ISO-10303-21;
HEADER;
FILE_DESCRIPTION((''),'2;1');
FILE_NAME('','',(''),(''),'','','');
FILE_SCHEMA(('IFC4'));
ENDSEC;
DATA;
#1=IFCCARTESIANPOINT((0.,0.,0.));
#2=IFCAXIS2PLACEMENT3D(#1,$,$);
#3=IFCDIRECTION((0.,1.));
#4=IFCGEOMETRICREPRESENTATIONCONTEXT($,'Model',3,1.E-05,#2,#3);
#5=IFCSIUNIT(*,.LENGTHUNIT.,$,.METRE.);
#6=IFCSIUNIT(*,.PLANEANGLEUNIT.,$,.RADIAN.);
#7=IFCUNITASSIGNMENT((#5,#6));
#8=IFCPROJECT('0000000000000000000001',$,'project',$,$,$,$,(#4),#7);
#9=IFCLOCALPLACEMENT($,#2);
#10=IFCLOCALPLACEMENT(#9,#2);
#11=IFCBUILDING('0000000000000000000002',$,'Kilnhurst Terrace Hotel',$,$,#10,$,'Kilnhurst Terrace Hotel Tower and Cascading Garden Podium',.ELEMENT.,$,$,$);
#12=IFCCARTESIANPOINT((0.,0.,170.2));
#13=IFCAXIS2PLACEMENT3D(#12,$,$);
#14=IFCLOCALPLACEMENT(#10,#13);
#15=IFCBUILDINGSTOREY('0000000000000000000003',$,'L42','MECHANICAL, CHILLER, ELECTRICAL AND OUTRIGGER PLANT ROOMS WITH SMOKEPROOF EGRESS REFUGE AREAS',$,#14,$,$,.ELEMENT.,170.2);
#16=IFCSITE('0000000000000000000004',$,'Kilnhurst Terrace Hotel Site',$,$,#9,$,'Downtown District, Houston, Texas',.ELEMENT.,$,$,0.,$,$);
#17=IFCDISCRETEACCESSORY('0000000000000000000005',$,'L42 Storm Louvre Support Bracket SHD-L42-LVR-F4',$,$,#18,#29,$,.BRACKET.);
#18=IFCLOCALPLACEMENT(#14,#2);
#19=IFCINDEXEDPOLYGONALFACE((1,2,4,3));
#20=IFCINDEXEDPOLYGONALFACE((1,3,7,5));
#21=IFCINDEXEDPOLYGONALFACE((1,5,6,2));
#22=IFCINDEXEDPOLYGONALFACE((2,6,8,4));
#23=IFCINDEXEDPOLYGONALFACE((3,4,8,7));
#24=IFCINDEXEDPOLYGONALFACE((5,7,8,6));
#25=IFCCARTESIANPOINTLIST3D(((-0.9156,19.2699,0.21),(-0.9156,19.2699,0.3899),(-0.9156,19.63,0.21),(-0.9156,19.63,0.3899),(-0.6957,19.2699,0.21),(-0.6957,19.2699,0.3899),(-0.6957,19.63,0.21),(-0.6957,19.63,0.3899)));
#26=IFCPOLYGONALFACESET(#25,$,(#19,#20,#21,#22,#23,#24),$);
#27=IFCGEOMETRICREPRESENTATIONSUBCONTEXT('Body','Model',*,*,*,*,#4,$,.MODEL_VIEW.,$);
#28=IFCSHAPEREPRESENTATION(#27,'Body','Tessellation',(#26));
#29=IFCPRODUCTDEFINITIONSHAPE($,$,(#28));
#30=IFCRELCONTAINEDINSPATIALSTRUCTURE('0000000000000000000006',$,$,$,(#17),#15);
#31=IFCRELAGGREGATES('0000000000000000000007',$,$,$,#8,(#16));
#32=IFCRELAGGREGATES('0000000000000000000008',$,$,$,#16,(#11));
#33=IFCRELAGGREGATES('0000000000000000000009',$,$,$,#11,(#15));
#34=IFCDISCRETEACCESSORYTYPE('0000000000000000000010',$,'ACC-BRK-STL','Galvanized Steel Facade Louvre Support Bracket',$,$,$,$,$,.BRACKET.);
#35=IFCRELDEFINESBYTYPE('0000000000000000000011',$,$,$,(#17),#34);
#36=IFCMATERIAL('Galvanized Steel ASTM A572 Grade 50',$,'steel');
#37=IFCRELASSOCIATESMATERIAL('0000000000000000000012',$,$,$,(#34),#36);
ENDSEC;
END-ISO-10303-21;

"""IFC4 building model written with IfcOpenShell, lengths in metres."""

from ifc_helpers import new_model, si_unit, direction, frame, origin, origin_2d, place, context, subcontext, project, spatial, rectangle, extrude, material, type_object, element, save


model = new_model("IFC4")

# Units and contexts
model_context = context("Model", 3, precision=1e-05, world=origin(), true_north=direction((0.0, 1.0)))
body_context = subcontext(model_context, "Body", "Model", "MODEL_VIEW")
ifc_project = project(units=[si_unit("LENGTHUNIT", "METRE"), si_unit("PLANEANGLEUNIT", "RADIAN")], contexts=[model_context])

# Site, building, storey
site_placement = place(None, origin())
site = spatial("IfcSite", under=ifc_project, at=site_placement, Name="Kilnhurst Terrace Hotel Site", LongName="Downtown District, Houston, Texas", CompositionType="ELEMENT", RefElevation=0.0)
building_placement = place(site_placement, origin())
building = spatial("IfcBuilding", under=site, at=building_placement, Name="Kilnhurst Terrace Hotel", LongName="Kilnhurst Terrace Hotel Tower and Cascading Garden Podium", CompositionType="ELEMENT")
storey_placement = place(building_placement, frame((0.0, 0.0, 170.2)))
storey = spatial("IfcBuildingStorey", under=building, at=storey_placement, Name="L42", Description="MECHANICAL, CHILLER, ELECTRICAL AND OUTRIGGER PLANT ROOMS WITH SMOKEPROOF EGRESS REFUGE AREAS", CompositionType="ELEMENT", Elevation=170.2)

# Discrete accessory
ifc_material_1 = material(Name="Galvanized Steel ASTM A572 Grade 50", Category="steel")
discrete_accessory_type = type_object("IfcDiscreteAccessoryType", Name="ACC-BRK-STL", Description="Galvanized Steel Facade Louvre Support Bracket", PredefinedType="BRACKET", material=ifc_material_1)
discrete_accessory_placement = place(storey_placement, frame((-0.8057, 19.45, 0.21), z_axis=(0.0, 0.0, 1.0), x_axis=(-1.0, 0.0, 0.0)))
element("IfcDiscreteAccessory", 1, at=discrete_accessory_placement, inside=storey, type_object=discrete_accessory_type, Name="L42 Storm Louvre Support Bracket SHD-L42-LVR-F4", PredefinedType="BRACKET", context=body_context, shape_type="SweptSolid", body=[
    extrude(rectangle(XDim=0.22, YDim=0.3601, at=origin_2d()), origin(), (0.0, 0.0, 1.0), 0.1799),
])

save(model, "model.ifc")
